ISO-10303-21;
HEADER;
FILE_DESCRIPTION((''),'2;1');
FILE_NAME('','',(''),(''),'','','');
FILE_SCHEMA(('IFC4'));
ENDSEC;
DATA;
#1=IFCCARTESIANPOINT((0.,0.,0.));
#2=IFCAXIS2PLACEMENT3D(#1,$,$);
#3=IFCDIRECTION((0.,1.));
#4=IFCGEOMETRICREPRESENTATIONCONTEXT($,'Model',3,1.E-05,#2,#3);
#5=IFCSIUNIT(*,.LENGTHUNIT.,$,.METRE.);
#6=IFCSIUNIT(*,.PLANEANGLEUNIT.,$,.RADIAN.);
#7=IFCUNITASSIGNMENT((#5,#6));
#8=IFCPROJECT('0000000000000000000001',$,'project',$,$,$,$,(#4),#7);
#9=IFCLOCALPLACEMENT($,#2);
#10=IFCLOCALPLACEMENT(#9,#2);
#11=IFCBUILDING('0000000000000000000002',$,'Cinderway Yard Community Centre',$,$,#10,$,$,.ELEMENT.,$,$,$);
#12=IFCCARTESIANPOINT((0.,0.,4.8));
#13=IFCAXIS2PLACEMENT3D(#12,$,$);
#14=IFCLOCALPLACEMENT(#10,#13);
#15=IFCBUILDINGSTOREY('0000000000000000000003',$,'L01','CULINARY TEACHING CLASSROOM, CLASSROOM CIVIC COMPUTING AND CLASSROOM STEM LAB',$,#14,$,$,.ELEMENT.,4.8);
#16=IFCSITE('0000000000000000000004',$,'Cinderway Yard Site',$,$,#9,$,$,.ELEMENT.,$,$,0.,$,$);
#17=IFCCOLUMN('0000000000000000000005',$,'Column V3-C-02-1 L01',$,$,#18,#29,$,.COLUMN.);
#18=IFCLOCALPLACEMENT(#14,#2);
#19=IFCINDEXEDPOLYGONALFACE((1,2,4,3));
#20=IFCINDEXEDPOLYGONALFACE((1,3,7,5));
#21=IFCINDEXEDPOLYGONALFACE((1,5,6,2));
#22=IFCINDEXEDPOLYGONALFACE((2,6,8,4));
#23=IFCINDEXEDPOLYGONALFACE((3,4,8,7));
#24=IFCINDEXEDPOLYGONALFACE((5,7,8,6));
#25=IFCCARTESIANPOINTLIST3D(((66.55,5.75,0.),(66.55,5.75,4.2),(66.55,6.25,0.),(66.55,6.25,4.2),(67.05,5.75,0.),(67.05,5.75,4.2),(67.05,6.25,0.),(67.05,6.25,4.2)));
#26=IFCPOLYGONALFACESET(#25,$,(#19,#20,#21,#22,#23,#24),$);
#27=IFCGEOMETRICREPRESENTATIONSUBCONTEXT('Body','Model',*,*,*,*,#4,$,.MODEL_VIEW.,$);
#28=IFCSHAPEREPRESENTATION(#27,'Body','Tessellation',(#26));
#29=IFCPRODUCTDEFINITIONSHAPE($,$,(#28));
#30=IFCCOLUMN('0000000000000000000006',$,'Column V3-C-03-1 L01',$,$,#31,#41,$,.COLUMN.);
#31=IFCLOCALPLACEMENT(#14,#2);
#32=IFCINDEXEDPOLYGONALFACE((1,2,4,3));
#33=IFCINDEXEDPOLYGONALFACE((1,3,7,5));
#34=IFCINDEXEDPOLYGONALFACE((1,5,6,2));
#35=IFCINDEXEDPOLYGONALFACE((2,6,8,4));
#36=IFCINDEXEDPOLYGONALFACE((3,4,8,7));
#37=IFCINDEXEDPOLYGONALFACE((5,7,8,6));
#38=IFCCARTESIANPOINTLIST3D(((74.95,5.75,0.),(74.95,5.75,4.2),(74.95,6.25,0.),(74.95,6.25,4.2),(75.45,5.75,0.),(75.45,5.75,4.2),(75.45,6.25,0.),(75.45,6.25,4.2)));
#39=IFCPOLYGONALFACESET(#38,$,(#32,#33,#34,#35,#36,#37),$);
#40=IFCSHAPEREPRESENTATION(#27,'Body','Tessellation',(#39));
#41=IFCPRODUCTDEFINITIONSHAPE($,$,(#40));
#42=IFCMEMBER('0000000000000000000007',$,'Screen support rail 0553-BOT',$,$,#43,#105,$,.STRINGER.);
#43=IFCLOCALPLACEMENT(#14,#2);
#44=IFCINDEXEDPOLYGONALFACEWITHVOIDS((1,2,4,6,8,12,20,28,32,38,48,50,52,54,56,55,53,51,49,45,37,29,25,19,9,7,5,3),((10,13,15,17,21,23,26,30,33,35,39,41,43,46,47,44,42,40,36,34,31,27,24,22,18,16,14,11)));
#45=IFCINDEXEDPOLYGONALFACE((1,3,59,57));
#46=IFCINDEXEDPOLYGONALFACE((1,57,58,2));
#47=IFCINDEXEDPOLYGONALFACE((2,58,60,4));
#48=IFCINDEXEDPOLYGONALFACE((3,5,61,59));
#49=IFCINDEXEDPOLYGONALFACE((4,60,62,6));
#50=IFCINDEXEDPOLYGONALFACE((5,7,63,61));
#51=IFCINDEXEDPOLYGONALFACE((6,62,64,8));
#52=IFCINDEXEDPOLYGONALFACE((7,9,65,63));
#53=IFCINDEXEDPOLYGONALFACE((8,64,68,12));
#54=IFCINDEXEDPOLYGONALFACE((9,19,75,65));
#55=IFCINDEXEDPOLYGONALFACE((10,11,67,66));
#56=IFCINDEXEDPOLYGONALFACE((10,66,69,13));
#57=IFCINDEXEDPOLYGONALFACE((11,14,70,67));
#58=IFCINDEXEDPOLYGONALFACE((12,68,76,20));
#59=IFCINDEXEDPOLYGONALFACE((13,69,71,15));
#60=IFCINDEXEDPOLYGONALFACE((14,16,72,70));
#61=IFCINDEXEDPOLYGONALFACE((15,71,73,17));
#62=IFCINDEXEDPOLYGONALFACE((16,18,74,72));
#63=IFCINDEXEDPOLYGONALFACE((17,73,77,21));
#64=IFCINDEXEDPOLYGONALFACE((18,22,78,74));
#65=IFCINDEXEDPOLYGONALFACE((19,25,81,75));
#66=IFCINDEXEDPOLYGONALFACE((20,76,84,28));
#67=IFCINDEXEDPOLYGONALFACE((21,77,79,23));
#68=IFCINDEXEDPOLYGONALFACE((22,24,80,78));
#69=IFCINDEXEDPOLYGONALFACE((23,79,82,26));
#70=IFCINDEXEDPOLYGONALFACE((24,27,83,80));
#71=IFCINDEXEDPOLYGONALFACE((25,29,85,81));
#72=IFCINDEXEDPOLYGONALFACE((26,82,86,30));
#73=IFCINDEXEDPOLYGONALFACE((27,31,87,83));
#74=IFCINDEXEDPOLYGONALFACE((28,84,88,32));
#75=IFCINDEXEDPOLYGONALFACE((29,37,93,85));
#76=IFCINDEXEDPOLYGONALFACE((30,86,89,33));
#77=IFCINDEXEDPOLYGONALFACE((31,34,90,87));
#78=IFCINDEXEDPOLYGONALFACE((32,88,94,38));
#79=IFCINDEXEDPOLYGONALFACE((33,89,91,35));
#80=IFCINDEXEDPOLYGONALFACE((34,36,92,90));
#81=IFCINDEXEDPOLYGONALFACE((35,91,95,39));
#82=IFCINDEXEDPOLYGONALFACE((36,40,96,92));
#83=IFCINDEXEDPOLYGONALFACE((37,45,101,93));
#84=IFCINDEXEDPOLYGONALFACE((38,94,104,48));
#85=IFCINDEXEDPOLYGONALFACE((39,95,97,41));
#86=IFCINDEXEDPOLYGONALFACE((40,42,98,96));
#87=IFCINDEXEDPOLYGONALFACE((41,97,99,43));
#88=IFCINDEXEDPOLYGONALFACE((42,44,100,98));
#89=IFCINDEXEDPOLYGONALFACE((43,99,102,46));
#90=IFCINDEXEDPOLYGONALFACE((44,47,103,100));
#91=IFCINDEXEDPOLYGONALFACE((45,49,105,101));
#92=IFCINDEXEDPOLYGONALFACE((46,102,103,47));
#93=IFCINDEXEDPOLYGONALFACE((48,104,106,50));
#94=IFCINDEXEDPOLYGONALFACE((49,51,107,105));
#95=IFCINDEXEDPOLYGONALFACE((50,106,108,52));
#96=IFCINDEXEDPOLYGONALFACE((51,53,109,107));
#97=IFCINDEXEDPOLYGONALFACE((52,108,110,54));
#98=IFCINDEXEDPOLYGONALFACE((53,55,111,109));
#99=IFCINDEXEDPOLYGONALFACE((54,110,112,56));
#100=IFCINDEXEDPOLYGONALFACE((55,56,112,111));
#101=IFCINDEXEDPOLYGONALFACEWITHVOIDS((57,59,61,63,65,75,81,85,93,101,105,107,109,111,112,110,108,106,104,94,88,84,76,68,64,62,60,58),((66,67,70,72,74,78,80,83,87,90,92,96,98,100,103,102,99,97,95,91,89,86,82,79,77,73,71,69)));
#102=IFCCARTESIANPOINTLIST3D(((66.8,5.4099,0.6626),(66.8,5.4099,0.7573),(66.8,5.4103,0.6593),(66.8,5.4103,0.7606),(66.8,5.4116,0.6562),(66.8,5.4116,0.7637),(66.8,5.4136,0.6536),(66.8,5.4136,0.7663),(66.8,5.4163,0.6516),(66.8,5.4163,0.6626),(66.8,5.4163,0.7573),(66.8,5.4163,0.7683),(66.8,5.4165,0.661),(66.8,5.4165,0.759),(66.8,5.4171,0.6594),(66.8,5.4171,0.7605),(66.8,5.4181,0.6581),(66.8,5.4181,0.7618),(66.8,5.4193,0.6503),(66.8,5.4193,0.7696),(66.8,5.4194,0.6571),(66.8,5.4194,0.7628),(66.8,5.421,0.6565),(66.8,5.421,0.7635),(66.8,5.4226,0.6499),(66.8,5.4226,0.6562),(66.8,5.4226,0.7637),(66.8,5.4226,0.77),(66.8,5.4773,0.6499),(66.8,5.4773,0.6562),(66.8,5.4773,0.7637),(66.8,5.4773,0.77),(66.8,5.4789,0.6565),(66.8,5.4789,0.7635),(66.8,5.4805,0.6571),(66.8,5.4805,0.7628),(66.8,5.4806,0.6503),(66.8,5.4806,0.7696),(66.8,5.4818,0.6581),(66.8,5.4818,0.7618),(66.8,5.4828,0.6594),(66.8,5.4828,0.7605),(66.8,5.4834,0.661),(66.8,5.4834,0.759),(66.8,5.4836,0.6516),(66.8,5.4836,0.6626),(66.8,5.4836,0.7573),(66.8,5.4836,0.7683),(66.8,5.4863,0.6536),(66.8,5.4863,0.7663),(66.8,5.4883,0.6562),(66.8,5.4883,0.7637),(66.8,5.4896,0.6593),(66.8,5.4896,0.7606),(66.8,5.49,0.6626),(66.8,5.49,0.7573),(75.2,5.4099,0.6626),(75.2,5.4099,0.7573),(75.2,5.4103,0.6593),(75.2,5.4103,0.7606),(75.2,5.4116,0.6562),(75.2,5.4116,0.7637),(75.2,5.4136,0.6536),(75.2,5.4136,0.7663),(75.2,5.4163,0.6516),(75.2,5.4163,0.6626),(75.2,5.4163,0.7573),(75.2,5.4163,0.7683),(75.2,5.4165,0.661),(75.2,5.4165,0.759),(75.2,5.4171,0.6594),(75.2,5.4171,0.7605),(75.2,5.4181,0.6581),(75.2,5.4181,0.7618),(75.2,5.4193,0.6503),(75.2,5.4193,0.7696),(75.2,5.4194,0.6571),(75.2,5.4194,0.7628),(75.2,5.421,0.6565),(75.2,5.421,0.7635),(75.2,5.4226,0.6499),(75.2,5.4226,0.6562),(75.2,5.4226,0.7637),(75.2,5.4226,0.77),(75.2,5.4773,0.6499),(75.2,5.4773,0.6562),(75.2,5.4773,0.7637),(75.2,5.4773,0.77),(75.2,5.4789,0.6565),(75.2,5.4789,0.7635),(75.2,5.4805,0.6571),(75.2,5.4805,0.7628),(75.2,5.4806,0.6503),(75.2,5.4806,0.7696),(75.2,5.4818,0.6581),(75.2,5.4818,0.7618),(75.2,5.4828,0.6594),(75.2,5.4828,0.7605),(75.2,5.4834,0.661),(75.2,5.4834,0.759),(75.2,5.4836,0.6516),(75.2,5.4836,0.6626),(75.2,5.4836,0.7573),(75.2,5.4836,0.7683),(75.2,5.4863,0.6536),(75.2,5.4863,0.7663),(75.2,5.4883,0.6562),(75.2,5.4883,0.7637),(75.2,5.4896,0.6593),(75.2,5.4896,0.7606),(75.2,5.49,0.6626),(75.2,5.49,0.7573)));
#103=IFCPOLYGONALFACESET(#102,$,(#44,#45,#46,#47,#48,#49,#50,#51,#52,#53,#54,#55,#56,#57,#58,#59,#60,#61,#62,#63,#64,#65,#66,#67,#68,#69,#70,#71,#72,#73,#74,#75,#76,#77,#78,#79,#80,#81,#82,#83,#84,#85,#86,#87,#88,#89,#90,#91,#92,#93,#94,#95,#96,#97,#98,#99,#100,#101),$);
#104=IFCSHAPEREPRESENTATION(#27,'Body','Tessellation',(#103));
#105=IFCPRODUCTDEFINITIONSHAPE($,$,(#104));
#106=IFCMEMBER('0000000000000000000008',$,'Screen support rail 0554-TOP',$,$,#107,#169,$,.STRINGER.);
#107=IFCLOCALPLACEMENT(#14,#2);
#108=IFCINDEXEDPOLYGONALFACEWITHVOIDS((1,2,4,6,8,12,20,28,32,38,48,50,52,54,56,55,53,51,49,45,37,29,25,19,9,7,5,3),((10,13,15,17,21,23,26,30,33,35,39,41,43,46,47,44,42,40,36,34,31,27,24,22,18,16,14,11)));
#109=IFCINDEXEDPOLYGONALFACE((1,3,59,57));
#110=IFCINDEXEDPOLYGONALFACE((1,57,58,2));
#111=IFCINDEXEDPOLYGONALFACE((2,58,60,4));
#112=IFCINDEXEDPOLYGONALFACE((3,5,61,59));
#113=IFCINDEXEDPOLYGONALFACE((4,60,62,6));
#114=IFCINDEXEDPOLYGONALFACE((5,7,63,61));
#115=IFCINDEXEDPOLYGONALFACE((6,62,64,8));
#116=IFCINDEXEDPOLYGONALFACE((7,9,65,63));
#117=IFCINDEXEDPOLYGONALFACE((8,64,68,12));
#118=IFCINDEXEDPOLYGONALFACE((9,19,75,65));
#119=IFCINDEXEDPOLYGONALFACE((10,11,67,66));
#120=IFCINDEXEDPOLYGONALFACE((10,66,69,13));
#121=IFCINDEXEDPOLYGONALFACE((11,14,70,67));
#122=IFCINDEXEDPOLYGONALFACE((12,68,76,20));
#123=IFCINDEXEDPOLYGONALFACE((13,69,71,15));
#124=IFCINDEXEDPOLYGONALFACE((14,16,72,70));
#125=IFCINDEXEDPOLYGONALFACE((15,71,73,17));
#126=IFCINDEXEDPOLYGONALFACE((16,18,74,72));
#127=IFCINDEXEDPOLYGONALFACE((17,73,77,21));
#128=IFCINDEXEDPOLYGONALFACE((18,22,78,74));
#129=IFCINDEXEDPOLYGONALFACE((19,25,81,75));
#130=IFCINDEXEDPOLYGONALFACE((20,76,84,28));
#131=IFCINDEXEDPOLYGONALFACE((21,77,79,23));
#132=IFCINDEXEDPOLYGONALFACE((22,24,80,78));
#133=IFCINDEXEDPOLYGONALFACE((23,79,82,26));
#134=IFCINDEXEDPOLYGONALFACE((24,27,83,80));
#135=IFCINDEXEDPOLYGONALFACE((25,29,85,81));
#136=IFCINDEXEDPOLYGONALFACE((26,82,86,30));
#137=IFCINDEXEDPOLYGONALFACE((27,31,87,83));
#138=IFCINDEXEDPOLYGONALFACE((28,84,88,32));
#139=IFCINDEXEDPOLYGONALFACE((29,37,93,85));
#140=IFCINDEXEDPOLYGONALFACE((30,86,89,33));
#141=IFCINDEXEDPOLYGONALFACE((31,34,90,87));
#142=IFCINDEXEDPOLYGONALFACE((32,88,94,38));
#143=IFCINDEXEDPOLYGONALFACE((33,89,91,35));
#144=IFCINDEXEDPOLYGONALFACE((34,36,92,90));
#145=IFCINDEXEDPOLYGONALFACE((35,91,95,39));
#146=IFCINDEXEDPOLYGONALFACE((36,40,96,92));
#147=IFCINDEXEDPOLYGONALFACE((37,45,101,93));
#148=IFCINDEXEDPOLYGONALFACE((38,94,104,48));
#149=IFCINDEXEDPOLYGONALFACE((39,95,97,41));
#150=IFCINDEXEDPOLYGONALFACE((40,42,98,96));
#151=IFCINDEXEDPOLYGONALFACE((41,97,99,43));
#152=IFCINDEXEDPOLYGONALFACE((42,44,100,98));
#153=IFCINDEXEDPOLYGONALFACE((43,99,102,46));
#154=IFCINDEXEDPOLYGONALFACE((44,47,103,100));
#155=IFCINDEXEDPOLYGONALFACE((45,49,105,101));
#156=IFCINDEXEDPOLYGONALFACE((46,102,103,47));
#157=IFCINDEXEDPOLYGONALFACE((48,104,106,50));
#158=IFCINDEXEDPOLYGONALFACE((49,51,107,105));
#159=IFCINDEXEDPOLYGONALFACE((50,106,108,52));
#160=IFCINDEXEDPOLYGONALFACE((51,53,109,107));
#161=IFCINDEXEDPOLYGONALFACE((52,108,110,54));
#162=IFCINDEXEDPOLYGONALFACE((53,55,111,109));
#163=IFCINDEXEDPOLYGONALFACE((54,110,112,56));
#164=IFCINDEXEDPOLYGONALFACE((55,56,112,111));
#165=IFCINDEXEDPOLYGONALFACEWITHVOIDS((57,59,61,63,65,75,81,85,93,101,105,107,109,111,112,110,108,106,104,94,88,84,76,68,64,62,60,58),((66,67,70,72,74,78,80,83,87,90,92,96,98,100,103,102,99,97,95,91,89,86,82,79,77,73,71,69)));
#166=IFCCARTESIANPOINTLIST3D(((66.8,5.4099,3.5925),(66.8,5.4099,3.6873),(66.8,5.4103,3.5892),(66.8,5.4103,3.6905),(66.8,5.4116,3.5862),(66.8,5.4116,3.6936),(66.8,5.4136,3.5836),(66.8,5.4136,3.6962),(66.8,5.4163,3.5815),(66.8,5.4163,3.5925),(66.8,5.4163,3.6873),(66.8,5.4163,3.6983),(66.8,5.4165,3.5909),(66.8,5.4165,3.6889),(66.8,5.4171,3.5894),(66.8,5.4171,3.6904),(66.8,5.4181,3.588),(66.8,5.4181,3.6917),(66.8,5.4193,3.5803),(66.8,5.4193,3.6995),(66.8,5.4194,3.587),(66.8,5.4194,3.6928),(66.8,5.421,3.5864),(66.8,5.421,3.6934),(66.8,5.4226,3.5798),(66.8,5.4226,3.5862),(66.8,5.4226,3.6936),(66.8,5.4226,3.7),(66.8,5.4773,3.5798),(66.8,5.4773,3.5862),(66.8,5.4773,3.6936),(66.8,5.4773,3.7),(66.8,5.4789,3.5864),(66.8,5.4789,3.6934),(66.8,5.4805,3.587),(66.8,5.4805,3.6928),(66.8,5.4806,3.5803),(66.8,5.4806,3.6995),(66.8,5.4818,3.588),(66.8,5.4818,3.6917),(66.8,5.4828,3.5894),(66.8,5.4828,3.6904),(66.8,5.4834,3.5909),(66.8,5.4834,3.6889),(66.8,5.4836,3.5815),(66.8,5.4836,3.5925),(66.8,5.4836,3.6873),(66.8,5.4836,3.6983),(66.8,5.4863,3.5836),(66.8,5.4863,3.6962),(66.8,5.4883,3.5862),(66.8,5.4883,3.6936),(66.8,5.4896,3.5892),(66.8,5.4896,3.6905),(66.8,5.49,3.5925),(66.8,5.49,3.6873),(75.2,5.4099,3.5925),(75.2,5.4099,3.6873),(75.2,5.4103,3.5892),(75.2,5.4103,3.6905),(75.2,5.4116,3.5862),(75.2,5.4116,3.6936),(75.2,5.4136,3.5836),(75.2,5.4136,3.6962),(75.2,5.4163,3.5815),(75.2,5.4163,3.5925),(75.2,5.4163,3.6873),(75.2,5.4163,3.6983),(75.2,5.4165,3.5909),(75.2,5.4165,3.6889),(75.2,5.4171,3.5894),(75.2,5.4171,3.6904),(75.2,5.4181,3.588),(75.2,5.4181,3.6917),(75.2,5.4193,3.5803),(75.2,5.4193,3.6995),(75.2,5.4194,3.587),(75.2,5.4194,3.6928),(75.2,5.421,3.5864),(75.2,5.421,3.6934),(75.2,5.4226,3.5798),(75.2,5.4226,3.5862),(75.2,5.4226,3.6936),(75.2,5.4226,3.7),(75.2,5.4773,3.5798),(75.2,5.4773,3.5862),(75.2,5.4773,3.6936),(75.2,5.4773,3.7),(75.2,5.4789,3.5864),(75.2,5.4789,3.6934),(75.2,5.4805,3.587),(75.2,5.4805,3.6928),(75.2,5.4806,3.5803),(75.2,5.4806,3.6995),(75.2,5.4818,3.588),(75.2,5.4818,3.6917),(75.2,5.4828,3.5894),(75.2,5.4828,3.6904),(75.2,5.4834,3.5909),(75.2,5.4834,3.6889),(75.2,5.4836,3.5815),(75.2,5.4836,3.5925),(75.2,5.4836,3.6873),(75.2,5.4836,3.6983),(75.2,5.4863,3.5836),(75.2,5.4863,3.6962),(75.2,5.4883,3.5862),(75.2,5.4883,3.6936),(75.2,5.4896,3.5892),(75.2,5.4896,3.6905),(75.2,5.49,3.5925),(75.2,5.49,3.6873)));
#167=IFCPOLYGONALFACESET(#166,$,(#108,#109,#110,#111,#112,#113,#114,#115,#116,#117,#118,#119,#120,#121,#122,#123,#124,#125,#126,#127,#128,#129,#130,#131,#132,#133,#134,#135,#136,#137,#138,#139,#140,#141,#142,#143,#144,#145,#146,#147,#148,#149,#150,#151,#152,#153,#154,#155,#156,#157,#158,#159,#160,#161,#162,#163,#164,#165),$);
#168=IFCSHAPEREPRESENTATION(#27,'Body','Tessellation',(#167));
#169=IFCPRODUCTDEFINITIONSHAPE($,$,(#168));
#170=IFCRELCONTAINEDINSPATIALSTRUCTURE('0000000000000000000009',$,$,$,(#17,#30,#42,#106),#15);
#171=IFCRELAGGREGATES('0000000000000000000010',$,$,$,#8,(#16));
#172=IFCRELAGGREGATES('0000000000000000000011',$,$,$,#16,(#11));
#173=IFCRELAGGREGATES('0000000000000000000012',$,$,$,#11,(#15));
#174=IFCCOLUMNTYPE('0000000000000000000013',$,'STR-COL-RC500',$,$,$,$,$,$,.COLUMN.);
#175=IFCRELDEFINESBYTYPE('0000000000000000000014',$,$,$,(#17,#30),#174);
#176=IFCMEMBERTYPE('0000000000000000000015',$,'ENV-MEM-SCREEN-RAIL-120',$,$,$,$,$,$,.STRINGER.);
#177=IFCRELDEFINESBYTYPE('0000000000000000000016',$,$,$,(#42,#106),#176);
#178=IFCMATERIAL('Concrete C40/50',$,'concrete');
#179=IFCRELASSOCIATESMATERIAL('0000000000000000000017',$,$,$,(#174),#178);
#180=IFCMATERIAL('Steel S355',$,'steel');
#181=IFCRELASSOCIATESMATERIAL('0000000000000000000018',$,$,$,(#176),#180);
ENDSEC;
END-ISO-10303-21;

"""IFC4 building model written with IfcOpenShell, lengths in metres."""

from ifc_helpers import new_model, si_unit, direction, frame, origin, origin_2d, place, context, subcontext, project, spatial, rectangle, hollow_rectangle, extrude, material, material_profile, profile_set, type_object, element, save


model = new_model("IFC4")

# Units and contexts
model_context = context("Model", 3, precision=1e-05, world=origin(), true_north=direction((0.0, 1.0)))
body_context = subcontext(model_context, "Body", "Model", "MODEL_VIEW")
ifc_project = project(units=[si_unit("LENGTHUNIT", "METRE"), si_unit("PLANEANGLEUNIT", "RADIAN")], contexts=[model_context])

# Site, building, storey
site_placement = place(None, origin())
site = spatial("IfcSite", under=ifc_project, at=site_placement, Name="Cinderway Yard Site", CompositionType="ELEMENT", RefElevation=0.0)
building_placement = place(site_placement, origin())
building = spatial("IfcBuilding", under=site, at=building_placement, Name="Cinderway Yard Community Centre", CompositionType="ELEMENT")
storey_placement = place(building_placement, frame((0.0, 0.0, 4.8)))
storey = spatial("IfcBuildingStorey", under=building, at=storey_placement, Name="L01", Description="CULINARY TEACHING CLASSROOM, CLASSROOM CIVIC COMPUTING AND CLASSROOM STEM LAB", CompositionType="ELEMENT", Elevation=4.8)

# Columns
ifc_material_1 = material(Name="Concrete C40/50", Category="concrete")
ifc_material_profile_1 = material_profile(ifc_material_1, rectangle(XDim=0.5, YDim=0.5, at=origin_2d()), Name="Concrete C40/50")
ifc_profile_set_1 = profile_set([ifc_material_profile_1], Name="Concrete C40/50")
column_type = type_object("IfcColumnType", Name="STR-COL-RC500", PredefinedType="COLUMN", material=ifc_profile_set_1)
for number, where, z_axis, x_axis, name in (
    (1, (66.8, 6.0, 0.0), (0.0, 0.0, 1.0), (1.0, 0.0, 0.0), "Column V3-C-02-1 L01"),
    (2, (75.2, 6.0, 0.0), (0.0, 0.0, 1.0), (1.0, 0.0, 0.0), "Column V3-C-03-1 L01"),
):
    element("IfcColumn", number, at=place(storey_placement, frame(where, z_axis=z_axis, x_axis=x_axis)), inside=storey, type_object=column_type, Name=name, PredefinedType="COLUMN", context=body_context, shape_type="SweptSolid", body=[
        extrude(rectangle(XDim=0.5, YDim=0.5, at=origin_2d()), origin(), (0.0, 0.0, 1.0), 4.2),
    ])

# Members
ifc_material_2 = material(Name="Steel S355", Category="steel")
ifc_material_profile_2 = material_profile(ifc_material_2, hollow_rectangle(XDim=0.0801, YDim=0.1201, WallThickness=0.0063, InnerFilletRadius=0.0063, OuterFilletRadius=0.0127, at=origin_2d()), Name="Steel S355")
ifc_profile_set_2 = profile_set([ifc_material_profile_2], Name="Steel S355")
member_type_1 = type_object("IfcMemberType", Name="ENV-MEM-SCREEN-RAIL-120", PredefinedType="STRINGER", material=ifc_profile_set_2)
for number, where, z_axis, x_axis, name in (
    (3, (66.8, 5.45, 0.71), (1.0, 0.0, 0.0), (0.0, 1.0, 0.0), "Screen support rail 0553-BOT"),
    (4, (66.8, 5.45, 3.6399), (1.0, 0.0, 0.0), (0.0, 1.0, 0.0), "Screen support rail 0554-TOP"),
):
    element("IfcMember", number, at=place(storey_placement, frame(where, z_axis=z_axis, x_axis=x_axis)), inside=storey, type_object=member_type_1, Name=name, PredefinedType="STRINGER", context=body_context, shape_type="SweptSolid", body=[
        extrude(hollow_rectangle(XDim=0.0801, YDim=0.1201, WallThickness=0.0063, InnerFilletRadius=0.0063, OuterFilletRadius=0.0127, at=origin_2d()), origin(), (0.0, 0.0, 1.0), 8.3999),
    ])

save(model, "model.ifc")
